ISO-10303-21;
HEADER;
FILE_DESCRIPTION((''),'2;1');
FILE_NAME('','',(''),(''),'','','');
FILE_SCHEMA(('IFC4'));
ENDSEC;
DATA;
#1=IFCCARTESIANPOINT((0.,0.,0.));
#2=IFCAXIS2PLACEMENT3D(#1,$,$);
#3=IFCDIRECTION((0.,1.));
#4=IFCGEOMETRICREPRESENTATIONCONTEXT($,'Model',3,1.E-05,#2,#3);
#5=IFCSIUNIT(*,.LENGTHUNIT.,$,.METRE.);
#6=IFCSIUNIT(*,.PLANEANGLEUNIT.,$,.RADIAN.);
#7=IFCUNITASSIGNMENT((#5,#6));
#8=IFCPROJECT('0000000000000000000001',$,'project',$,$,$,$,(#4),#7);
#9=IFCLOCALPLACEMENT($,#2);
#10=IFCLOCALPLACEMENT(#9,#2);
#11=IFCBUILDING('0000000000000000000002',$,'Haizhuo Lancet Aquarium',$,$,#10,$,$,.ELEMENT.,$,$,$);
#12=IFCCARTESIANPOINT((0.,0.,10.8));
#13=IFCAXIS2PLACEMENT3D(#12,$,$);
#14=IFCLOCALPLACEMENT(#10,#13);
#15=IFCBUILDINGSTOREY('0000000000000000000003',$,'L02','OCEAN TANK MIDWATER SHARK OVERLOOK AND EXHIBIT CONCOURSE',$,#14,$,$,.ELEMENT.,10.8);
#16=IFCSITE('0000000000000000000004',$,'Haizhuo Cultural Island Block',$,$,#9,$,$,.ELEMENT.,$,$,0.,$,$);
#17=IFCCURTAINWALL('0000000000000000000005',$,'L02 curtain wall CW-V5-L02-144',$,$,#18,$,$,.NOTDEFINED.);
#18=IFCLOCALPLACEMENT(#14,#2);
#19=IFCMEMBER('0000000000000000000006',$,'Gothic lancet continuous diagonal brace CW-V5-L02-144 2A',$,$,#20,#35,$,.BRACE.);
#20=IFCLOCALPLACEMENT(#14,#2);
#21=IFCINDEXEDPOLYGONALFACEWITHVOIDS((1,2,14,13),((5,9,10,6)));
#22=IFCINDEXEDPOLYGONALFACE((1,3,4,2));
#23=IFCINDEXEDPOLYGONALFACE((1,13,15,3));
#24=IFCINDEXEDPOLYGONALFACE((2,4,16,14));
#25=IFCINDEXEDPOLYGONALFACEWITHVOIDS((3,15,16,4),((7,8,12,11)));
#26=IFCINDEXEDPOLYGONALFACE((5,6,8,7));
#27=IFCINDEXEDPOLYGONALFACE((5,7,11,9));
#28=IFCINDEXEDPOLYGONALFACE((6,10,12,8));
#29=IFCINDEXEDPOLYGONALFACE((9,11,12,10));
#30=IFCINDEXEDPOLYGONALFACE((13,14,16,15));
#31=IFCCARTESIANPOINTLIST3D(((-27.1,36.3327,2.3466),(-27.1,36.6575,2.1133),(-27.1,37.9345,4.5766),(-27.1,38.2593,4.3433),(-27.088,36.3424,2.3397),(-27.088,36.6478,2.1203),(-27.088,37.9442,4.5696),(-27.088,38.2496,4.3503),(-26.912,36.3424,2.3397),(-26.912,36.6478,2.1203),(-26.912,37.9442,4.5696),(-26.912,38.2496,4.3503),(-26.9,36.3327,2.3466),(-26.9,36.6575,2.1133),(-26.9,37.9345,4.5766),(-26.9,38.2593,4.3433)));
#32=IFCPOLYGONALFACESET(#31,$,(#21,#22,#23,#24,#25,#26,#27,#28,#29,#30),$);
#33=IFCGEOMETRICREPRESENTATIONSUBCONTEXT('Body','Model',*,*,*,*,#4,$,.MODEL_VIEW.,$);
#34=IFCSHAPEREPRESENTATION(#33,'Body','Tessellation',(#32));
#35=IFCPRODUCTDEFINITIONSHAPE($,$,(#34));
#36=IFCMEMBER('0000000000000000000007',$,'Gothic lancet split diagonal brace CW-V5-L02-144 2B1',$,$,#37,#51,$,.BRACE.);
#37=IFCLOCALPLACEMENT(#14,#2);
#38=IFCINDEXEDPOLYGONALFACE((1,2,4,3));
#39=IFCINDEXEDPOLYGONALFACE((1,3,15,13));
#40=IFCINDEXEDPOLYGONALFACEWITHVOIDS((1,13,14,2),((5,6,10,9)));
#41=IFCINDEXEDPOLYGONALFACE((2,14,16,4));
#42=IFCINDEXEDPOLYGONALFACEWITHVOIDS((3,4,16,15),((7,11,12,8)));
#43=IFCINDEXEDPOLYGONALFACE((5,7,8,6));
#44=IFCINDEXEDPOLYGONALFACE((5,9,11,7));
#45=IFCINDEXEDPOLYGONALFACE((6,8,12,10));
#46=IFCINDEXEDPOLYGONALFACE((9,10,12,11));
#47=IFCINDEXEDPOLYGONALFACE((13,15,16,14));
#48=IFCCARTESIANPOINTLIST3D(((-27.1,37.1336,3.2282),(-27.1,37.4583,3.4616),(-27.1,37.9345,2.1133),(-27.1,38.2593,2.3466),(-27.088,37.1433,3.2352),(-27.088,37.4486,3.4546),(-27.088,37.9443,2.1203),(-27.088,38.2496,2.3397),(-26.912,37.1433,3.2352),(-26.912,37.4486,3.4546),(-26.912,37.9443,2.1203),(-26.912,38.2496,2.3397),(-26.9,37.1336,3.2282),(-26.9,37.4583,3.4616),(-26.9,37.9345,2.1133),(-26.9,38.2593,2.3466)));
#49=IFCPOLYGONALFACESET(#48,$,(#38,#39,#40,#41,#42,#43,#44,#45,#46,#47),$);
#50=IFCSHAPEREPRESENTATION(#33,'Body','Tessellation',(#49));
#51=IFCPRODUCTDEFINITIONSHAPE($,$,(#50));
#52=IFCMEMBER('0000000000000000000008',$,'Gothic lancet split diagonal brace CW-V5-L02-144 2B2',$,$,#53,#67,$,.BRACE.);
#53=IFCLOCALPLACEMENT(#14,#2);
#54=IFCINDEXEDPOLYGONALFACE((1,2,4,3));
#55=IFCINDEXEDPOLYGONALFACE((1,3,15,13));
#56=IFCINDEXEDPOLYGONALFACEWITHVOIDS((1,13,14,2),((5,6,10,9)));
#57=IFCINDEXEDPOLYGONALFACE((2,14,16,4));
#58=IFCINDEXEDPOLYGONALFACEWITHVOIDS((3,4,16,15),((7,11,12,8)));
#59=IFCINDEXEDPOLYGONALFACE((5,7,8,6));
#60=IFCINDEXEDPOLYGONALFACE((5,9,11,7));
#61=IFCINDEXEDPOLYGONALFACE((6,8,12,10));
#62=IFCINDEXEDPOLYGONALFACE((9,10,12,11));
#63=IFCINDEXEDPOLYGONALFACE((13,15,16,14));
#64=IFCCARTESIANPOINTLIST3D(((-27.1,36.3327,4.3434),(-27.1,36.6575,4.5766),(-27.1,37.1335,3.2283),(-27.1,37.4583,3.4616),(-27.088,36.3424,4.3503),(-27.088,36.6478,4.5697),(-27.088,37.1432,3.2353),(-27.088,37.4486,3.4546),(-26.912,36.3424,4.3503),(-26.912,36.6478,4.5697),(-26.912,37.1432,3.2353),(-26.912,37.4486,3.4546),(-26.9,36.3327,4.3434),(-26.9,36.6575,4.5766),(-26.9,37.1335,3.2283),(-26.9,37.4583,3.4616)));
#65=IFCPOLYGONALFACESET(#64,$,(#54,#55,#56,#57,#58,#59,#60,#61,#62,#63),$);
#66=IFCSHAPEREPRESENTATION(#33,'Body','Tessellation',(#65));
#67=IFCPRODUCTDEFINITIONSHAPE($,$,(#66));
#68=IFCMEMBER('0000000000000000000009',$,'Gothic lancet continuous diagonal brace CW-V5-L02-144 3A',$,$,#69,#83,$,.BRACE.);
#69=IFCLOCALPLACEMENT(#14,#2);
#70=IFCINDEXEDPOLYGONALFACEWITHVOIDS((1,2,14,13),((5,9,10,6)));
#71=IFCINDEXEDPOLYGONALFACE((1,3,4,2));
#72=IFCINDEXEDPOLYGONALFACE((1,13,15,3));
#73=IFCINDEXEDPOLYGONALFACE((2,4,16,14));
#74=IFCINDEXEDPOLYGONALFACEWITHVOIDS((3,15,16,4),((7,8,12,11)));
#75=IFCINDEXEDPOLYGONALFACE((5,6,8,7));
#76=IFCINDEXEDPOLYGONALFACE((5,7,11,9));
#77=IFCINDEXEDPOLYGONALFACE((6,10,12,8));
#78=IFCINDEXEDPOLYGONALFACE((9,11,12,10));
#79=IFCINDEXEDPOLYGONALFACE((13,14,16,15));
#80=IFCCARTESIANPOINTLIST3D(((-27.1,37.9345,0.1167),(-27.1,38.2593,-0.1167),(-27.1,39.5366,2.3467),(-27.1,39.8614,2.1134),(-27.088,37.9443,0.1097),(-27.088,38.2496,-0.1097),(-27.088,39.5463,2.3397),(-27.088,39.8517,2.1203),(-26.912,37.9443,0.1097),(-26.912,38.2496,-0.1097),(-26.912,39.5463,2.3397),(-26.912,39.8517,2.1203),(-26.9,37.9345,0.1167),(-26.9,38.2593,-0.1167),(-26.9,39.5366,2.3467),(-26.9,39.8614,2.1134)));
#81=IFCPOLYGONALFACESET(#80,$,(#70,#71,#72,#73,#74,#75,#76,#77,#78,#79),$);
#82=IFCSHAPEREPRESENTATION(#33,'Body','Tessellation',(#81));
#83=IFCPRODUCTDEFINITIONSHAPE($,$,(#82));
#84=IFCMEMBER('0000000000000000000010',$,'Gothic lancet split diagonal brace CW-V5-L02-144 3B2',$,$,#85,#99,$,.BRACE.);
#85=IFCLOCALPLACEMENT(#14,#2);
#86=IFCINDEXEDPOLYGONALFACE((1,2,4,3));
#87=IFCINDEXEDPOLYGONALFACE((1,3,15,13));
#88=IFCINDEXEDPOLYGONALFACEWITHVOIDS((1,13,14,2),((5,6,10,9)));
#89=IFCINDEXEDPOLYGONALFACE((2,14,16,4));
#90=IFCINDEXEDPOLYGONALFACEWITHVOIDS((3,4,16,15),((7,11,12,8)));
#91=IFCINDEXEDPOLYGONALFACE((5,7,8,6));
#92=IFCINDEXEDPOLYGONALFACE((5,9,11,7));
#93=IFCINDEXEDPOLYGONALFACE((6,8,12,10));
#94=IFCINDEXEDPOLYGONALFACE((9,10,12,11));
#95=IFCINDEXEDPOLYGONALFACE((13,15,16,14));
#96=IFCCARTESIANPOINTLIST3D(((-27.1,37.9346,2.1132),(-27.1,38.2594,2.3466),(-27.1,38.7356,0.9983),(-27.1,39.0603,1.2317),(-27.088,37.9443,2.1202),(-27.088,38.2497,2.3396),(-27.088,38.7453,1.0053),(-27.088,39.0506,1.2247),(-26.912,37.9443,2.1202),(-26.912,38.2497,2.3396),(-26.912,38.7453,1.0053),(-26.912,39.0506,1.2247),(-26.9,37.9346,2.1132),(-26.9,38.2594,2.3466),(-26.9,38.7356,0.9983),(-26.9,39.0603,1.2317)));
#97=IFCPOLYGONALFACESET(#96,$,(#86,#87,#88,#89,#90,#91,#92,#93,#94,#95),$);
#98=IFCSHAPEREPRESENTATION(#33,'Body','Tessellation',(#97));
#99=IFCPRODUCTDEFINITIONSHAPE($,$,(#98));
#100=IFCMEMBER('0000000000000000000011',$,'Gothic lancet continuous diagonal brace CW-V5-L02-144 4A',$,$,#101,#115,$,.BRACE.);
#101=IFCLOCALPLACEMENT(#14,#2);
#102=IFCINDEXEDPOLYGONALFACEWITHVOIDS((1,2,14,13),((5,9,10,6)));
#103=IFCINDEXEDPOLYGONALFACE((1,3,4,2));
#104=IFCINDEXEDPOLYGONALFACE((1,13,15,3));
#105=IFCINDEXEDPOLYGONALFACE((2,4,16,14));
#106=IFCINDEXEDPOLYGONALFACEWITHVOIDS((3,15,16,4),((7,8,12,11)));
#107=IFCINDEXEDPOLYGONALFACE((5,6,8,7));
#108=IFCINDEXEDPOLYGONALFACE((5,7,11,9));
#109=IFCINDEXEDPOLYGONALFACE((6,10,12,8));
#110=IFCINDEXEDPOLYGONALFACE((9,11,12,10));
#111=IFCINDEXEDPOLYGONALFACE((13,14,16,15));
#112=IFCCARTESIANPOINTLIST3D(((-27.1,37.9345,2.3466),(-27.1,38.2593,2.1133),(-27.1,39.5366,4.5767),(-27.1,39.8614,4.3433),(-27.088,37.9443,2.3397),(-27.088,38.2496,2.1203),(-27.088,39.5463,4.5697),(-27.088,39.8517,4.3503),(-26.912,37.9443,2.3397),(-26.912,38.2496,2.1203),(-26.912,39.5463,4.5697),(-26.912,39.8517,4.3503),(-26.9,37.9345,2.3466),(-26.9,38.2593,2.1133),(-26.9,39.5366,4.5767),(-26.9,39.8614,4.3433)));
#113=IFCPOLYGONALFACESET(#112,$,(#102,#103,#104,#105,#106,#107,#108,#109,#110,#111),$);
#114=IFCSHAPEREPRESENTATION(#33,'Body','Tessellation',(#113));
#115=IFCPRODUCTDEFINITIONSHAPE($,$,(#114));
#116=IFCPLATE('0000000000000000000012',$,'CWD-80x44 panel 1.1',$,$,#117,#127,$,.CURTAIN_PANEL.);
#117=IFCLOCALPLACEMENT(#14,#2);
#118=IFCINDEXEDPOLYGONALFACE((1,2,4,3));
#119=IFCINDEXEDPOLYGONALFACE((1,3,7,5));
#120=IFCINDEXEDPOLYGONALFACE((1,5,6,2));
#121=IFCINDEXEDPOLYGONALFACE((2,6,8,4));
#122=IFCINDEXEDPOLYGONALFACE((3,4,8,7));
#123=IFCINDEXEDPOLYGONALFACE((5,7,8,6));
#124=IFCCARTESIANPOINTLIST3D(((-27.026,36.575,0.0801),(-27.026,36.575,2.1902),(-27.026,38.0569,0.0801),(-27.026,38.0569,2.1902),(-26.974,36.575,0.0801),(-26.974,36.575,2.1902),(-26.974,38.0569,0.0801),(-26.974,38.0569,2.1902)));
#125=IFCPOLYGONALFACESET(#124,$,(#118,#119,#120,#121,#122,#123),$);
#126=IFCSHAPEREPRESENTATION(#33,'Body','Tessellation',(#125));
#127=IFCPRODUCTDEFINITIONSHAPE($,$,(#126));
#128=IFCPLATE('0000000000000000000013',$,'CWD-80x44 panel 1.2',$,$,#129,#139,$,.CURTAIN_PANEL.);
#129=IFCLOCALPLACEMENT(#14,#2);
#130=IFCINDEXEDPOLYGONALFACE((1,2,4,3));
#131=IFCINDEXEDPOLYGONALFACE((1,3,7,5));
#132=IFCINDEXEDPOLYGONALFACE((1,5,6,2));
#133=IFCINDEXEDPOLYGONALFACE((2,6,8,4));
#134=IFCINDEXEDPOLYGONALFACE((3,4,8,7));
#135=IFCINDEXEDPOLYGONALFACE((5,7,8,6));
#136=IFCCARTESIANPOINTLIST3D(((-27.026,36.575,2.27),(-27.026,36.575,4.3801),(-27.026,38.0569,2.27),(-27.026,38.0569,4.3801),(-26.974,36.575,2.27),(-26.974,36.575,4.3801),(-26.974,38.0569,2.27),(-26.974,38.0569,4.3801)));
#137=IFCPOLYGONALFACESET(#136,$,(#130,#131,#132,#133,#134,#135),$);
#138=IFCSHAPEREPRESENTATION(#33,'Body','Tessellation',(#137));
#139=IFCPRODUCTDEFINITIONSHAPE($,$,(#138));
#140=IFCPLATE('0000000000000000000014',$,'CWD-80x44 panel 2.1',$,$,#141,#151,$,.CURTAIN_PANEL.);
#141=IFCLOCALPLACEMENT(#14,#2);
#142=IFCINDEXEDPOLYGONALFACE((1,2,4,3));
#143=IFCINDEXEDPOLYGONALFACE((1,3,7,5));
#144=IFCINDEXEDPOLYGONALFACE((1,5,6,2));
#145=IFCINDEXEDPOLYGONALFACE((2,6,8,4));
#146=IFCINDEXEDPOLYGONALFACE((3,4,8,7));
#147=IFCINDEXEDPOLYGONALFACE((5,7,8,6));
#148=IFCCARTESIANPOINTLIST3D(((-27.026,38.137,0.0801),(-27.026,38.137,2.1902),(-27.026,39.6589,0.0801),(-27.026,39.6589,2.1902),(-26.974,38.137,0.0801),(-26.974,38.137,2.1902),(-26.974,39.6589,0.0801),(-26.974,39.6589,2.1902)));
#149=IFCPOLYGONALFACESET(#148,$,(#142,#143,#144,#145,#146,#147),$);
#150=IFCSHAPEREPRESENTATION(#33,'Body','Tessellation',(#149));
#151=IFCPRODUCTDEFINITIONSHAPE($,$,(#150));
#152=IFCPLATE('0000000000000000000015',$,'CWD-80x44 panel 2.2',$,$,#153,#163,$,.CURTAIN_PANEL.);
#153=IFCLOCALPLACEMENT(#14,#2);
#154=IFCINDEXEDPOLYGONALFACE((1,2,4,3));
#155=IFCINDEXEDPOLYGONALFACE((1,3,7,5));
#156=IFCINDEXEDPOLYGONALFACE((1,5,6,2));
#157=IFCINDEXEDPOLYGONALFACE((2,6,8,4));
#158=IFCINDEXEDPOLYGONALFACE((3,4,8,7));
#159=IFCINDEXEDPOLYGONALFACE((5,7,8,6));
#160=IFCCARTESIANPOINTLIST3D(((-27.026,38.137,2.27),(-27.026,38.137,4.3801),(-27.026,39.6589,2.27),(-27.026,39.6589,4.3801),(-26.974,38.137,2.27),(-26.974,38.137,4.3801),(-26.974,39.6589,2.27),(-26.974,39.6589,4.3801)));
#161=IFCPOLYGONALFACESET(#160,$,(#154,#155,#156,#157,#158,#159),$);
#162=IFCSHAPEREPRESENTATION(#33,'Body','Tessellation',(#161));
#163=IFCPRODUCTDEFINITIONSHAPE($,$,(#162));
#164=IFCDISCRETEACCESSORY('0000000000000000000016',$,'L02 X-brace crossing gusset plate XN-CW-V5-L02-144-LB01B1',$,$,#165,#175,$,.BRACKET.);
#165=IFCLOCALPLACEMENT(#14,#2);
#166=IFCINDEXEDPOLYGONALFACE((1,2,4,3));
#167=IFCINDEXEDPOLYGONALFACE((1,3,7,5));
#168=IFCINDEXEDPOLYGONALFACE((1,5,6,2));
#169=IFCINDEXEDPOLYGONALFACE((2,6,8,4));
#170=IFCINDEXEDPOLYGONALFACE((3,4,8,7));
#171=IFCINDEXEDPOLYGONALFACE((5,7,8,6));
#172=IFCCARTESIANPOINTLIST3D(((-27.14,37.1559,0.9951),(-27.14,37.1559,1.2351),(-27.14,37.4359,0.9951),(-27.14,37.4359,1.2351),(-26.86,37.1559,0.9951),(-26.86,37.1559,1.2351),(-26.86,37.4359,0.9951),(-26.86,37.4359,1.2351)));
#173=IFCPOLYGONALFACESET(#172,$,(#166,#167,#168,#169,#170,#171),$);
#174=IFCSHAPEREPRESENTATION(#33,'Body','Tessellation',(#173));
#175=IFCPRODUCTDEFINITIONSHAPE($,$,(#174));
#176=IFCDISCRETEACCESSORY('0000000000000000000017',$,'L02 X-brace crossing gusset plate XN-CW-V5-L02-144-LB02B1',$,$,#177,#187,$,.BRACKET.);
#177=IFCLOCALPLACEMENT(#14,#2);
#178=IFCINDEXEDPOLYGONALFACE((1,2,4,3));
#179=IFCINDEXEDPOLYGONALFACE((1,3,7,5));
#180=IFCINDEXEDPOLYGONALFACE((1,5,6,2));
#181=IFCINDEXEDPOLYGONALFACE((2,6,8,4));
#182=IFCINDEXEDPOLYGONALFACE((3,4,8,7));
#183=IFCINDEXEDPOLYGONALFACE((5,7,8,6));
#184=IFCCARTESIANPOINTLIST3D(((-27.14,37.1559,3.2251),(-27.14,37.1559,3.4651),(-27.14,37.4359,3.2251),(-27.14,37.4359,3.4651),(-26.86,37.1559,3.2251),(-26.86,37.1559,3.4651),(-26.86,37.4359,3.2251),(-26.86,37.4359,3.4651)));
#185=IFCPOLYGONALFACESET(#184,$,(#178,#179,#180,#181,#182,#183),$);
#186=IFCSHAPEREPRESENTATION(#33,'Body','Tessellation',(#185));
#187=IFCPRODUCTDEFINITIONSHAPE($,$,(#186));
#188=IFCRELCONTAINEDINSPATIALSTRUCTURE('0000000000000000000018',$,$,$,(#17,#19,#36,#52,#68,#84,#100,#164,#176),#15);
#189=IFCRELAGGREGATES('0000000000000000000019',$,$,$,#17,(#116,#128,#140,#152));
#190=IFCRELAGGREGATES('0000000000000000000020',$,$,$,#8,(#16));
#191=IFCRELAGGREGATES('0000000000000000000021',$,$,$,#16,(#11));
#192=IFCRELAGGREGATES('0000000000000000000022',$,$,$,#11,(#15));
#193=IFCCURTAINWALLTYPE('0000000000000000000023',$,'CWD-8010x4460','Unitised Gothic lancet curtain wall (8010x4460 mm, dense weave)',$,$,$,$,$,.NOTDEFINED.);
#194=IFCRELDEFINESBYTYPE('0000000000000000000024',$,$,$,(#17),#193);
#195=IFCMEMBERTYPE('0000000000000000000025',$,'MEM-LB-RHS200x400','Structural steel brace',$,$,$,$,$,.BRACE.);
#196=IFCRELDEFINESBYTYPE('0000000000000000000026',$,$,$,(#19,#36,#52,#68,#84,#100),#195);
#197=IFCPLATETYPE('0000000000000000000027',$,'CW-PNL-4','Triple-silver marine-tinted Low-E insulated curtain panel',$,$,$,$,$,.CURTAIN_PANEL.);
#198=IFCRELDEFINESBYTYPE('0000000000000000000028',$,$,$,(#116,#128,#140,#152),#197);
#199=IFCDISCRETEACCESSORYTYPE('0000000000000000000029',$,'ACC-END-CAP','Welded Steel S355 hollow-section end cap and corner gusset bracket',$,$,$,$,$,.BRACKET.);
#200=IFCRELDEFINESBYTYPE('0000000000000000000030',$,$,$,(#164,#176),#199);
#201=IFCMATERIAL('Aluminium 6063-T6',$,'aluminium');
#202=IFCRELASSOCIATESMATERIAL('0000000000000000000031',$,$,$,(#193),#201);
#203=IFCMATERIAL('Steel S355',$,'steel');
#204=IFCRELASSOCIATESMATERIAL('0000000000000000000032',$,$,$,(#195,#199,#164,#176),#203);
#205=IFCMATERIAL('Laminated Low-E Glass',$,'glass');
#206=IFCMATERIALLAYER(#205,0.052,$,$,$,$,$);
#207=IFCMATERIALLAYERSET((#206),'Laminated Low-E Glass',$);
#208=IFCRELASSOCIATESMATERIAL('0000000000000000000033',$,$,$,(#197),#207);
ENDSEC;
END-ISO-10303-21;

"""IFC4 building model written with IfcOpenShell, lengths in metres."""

from ifc_helpers import new_model, si_unit, direction, frame, origin, origin_2d, place, context, subcontext, project, spatial, rectangle, hollow_rectangle, extrude, material, layer, layer_set, material_profile, profile_set, type_object, element, aggregate, save


model = new_model("IFC4")

# Units and contexts
model_context = context("Model", 3, precision=1e-05, world=origin(), true_north=direction((0.0, 1.0)))
body_context = subcontext(model_context, "Body", "Model", "MODEL_VIEW")
ifc_project = project(units=[si_unit("LENGTHUNIT", "METRE"), si_unit("PLANEANGLEUNIT", "RADIAN")], contexts=[model_context])

# Site, building, storey
site_placement = place(None, origin())
site = spatial("IfcSite", under=ifc_project, at=site_placement, Name="Haizhuo Cultural Island Block", CompositionType="ELEMENT", RefElevation=0.0)
building_placement = place(site_placement, origin())
building = spatial("IfcBuilding", under=site, at=building_placement, Name="Haizhuo Lancet Aquarium", CompositionType="ELEMENT")
storey_placement = place(building_placement, frame((0.0, 0.0, 10.8)))
storey = spatial("IfcBuildingStorey", under=building, at=storey_placement, Name="L02", Description="OCEAN TANK MIDWATER SHARK OVERLOOK AND EXHIBIT CONCOURSE", CompositionType="ELEMENT", Elevation=10.8)

# Curtain wall
ifc_material_1 = material(Name="Aluminium 6063-T6", Category="aluminium")
curtain_wall_type = type_object("IfcCurtainWallType", Name="CWD-8010x4460", Description="Unitised Gothic lancet curtain wall (8010x4460 mm, dense weave)", PredefinedType="NOTDEFINED", material=ifc_material_1)
curtain_wall_placement = place(storey_placement, origin())
curtain_wall = element("IfcCurtainWall", 1, at=curtain_wall_placement, inside=storey, type_object=curtain_wall_type, Name="L02 curtain wall CW-V5-L02-144", PredefinedType="NOTDEFINED")

# Members
ifc_material_2 = material(Name="Steel S355", Category="steel")
ifc_material_profile_1 = material_profile(ifc_material_2, hollow_rectangle(XDim=0.2, YDim=0.3999, WallThickness=0.012, at=origin_2d()), Name="RHS 200x400x12")
ifc_profile_set_1 = profile_set([ifc_material_profile_1], Name="Steel S355")
member_type_1 = type_object("IfcMemberType", Name="MEM-LB-RHS200x400", Description="Structural steel brace", PredefinedType="BRACE", material=ifc_profile_set_1)
member_1_placement = place(storey_placement, frame((-27.0, 36.4951, 2.23), z_axis=(0.0, 0.583398, 0.812187), x_axis=(-1.0, 0.0, 0.0)))
element("IfcMember", 2, at=member_1_placement, inside=storey, type_object=member_type_1, Name="Gothic lancet continuous diagonal brace CW-V5-L02-144 2A", PredefinedType="BRACE", context=body_context, shape_type="SweptSolid", body=[
    extrude(hollow_rectangle(XDim=0.2, YDim=0.3999, WallThickness=0.012, at=origin_2d()), origin(), (0.0, 0.0, 1.0), 2.7456),
])
for number, where, z_axis, x_axis, name in (
    (3, (-27.0, 38.0969, 2.23), (0.0, -0.583456, 0.812144), (1.0, 0.0, 0.0), "Gothic lancet split diagonal brace CW-V5-L02-144 2B1"),
    (4, (-27.0, 37.2959, 3.345), (0.0, -0.583339, 0.812229), (1.0, 0.0, 0.0), "Gothic lancet split diagonal brace CW-V5-L02-144 2B2"),
):
    element("IfcMember", number, at=place(storey_placement, frame(where, z_axis=z_axis, x_axis=x_axis)), inside=storey, type_object=member_type_1, Name=name, PredefinedType="BRACE", context=body_context, shape_type="SweptSolid", body=[
        extrude(hollow_rectangle(XDim=0.2, YDim=0.3999, WallThickness=0.012, at=origin_2d()), origin(), (0.0, 0.0, 1.0), 1.3728),
    ])
member_2_placement = place(storey_placement, frame((-27.0, 38.0969, 0.0), z_axis=(0.0, 0.583456, 0.812144), x_axis=(-1.0, 0.0, 0.0)))
element("IfcMember", 5, at=member_2_placement, inside=storey, type_object=member_type_1, Name="Gothic lancet continuous diagonal brace CW-V5-L02-144 3A", PredefinedType="BRACE", context=body_context, shape_type="SweptSolid", body=[
    extrude(hollow_rectangle(XDim=0.2, YDim=0.3999, WallThickness=0.012, at=origin_2d()), origin(), (0.0, 0.0, 1.0), 2.7458),
])
member_3_placement = place(storey_placement, frame((-27.0, 38.8979, 1.115), z_axis=(0.0, -0.583456, 0.812144), x_axis=(1.0, 0.0, 0.0)))
element("IfcMember", 6, at=member_3_placement, inside=storey, type_object=member_type_1, Name="Gothic lancet split diagonal brace CW-V5-L02-144 3B2", PredefinedType="BRACE", context=body_context, shape_type="SweptSolid", body=[
    extrude(hollow_rectangle(XDim=0.2, YDim=0.3999, WallThickness=0.012, at=origin_2d()), origin(), (0.0, 0.0, 1.0), 1.3728),
])
member_4_placement = place(storey_placement, frame((-27.0, 38.0969, 2.23), z_axis=(0.0, 0.583456, 0.812144), x_axis=(-1.0, 0.0, 0.0)))
element("IfcMember", 7, at=member_4_placement, inside=storey, type_object=member_type_1, Name="Gothic lancet continuous diagonal brace CW-V5-L02-144 4A", PredefinedType="BRACE", context=body_context, shape_type="SweptSolid", body=[
    extrude(hollow_rectangle(XDim=0.2, YDim=0.3999, WallThickness=0.012, at=origin_2d()), origin(), (0.0, 0.0, 1.0), 2.7458),
])

# Plates
ifc_material_3 = material(Name="Laminated Low-E Glass", Category="glass")
ifc_layer = layer(ifc_material_3, 0.052)
ifc_layer_set = layer_set([ifc_layer], Name="Laminated Low-E Glass")
plate_type = type_object("IfcPlateType", Name="CW-PNL-4", Description="Triple-silver marine-tinted Low-E insulated curtain panel", PredefinedType="CURTAIN_PANEL", material=ifc_layer_set)
plate_1_placement = place(storey_placement, frame((-27.0, 37.3159, 0.0801), z_axis=(0.0, 0.0, 1.0), x_axis=(0.0, 1.0, 0.0)))
plate_1 = element("IfcPlate", 8, at=plate_1_placement, type_object=plate_type, Name="CWD-80x44 panel 1.1", PredefinedType="CURTAIN_PANEL", context=body_context, shape_type="SweptSolid", body=[
    extrude(rectangle(XDim=1.4819, YDim=0.052, at=origin_2d()), origin(), (0.0, 0.0, 1.0), 2.1101),
])
plate_2_placement = place(storey_placement, frame((-27.0, 37.3159, 2.27), z_axis=(0.0, 0.0, 1.0), x_axis=(0.0, 1.0, 0.0)))
plate_2 = element("IfcPlate", 9, at=plate_2_placement, type_object=plate_type, Name="CWD-80x44 panel 1.2", PredefinedType="CURTAIN_PANEL", context=body_context, shape_type="SweptSolid", body=[
    extrude(rectangle(XDim=1.4819, YDim=0.052, at=origin_2d()), origin(), (0.0, 0.0, 1.0), 2.1101),
])
plate_3_placement = place(storey_placement, frame((-27.0, 38.8979, 0.0801), z_axis=(0.0, 0.0, 1.0), x_axis=(0.0, 1.0, 0.0)))
plate_3 = element("IfcPlate", 10, at=plate_3_placement, type_object=plate_type, Name="CWD-80x44 panel 2.1", PredefinedType="CURTAIN_PANEL", context=body_context, shape_type="SweptSolid", body=[
    extrude(rectangle(XDim=1.522, YDim=0.052, at=origin_2d()), origin(), (0.0, 0.0, 1.0), 2.1101),
])
plate_4_placement = place(storey_placement, frame((-27.0, 38.8979, 2.27), z_axis=(0.0, 0.0, 1.0), x_axis=(0.0, 1.0, 0.0)))
plate_4 = element("IfcPlate", 11, at=plate_4_placement, type_object=plate_type, Name="CWD-80x44 panel 2.2", PredefinedType="CURTAIN_PANEL", context=body_context, shape_type="SweptSolid", body=[
    extrude(rectangle(XDim=1.522, YDim=0.052, at=origin_2d()), origin(), (0.0, 0.0, 1.0), 2.1101),
])
aggregate(curtain_wall, [plate_1, plate_2, plate_3, plate_4])

# Discrete accessories
discrete_accessory_type = type_object("IfcDiscreteAccessoryType", Name="ACC-END-CAP", Description="Welded Steel S355 hollow-section end cap and corner gusset bracket", PredefinedType="BRACKET", material=ifc_material_2)
for number, where, z_axis, x_axis, name in (
    (12, (-27.0, 37.2959, 0.9951), (0.0, 0.0, 1.0), (1.0, 0.0, 0.0), "L02 X-brace crossing gusset plate XN-CW-V5-L02-144-LB01B1"),
    (13, (-27.0, 37.2959, 3.2251), (0.0, 0.0, 1.0), (1.0, 0.0, 0.0), "L02 X-brace crossing gusset plate XN-CW-V5-L02-144-LB02B1"),
):
    element("IfcDiscreteAccessory", number, at=place(storey_placement, frame(where, z_axis=z_axis, x_axis=x_axis)), inside=storey, type_object=discrete_accessory_type, material=ifc_material_2, Name=name, PredefinedType="BRACKET", context=body_context, shape_type="SweptSolid", body=[
        extrude(rectangle(XDim=0.28, YDim=0.28, at=origin_2d()), origin(), (0.0, 0.0, 1.0), 0.24),
    ])

save(model, "model.ifc")
